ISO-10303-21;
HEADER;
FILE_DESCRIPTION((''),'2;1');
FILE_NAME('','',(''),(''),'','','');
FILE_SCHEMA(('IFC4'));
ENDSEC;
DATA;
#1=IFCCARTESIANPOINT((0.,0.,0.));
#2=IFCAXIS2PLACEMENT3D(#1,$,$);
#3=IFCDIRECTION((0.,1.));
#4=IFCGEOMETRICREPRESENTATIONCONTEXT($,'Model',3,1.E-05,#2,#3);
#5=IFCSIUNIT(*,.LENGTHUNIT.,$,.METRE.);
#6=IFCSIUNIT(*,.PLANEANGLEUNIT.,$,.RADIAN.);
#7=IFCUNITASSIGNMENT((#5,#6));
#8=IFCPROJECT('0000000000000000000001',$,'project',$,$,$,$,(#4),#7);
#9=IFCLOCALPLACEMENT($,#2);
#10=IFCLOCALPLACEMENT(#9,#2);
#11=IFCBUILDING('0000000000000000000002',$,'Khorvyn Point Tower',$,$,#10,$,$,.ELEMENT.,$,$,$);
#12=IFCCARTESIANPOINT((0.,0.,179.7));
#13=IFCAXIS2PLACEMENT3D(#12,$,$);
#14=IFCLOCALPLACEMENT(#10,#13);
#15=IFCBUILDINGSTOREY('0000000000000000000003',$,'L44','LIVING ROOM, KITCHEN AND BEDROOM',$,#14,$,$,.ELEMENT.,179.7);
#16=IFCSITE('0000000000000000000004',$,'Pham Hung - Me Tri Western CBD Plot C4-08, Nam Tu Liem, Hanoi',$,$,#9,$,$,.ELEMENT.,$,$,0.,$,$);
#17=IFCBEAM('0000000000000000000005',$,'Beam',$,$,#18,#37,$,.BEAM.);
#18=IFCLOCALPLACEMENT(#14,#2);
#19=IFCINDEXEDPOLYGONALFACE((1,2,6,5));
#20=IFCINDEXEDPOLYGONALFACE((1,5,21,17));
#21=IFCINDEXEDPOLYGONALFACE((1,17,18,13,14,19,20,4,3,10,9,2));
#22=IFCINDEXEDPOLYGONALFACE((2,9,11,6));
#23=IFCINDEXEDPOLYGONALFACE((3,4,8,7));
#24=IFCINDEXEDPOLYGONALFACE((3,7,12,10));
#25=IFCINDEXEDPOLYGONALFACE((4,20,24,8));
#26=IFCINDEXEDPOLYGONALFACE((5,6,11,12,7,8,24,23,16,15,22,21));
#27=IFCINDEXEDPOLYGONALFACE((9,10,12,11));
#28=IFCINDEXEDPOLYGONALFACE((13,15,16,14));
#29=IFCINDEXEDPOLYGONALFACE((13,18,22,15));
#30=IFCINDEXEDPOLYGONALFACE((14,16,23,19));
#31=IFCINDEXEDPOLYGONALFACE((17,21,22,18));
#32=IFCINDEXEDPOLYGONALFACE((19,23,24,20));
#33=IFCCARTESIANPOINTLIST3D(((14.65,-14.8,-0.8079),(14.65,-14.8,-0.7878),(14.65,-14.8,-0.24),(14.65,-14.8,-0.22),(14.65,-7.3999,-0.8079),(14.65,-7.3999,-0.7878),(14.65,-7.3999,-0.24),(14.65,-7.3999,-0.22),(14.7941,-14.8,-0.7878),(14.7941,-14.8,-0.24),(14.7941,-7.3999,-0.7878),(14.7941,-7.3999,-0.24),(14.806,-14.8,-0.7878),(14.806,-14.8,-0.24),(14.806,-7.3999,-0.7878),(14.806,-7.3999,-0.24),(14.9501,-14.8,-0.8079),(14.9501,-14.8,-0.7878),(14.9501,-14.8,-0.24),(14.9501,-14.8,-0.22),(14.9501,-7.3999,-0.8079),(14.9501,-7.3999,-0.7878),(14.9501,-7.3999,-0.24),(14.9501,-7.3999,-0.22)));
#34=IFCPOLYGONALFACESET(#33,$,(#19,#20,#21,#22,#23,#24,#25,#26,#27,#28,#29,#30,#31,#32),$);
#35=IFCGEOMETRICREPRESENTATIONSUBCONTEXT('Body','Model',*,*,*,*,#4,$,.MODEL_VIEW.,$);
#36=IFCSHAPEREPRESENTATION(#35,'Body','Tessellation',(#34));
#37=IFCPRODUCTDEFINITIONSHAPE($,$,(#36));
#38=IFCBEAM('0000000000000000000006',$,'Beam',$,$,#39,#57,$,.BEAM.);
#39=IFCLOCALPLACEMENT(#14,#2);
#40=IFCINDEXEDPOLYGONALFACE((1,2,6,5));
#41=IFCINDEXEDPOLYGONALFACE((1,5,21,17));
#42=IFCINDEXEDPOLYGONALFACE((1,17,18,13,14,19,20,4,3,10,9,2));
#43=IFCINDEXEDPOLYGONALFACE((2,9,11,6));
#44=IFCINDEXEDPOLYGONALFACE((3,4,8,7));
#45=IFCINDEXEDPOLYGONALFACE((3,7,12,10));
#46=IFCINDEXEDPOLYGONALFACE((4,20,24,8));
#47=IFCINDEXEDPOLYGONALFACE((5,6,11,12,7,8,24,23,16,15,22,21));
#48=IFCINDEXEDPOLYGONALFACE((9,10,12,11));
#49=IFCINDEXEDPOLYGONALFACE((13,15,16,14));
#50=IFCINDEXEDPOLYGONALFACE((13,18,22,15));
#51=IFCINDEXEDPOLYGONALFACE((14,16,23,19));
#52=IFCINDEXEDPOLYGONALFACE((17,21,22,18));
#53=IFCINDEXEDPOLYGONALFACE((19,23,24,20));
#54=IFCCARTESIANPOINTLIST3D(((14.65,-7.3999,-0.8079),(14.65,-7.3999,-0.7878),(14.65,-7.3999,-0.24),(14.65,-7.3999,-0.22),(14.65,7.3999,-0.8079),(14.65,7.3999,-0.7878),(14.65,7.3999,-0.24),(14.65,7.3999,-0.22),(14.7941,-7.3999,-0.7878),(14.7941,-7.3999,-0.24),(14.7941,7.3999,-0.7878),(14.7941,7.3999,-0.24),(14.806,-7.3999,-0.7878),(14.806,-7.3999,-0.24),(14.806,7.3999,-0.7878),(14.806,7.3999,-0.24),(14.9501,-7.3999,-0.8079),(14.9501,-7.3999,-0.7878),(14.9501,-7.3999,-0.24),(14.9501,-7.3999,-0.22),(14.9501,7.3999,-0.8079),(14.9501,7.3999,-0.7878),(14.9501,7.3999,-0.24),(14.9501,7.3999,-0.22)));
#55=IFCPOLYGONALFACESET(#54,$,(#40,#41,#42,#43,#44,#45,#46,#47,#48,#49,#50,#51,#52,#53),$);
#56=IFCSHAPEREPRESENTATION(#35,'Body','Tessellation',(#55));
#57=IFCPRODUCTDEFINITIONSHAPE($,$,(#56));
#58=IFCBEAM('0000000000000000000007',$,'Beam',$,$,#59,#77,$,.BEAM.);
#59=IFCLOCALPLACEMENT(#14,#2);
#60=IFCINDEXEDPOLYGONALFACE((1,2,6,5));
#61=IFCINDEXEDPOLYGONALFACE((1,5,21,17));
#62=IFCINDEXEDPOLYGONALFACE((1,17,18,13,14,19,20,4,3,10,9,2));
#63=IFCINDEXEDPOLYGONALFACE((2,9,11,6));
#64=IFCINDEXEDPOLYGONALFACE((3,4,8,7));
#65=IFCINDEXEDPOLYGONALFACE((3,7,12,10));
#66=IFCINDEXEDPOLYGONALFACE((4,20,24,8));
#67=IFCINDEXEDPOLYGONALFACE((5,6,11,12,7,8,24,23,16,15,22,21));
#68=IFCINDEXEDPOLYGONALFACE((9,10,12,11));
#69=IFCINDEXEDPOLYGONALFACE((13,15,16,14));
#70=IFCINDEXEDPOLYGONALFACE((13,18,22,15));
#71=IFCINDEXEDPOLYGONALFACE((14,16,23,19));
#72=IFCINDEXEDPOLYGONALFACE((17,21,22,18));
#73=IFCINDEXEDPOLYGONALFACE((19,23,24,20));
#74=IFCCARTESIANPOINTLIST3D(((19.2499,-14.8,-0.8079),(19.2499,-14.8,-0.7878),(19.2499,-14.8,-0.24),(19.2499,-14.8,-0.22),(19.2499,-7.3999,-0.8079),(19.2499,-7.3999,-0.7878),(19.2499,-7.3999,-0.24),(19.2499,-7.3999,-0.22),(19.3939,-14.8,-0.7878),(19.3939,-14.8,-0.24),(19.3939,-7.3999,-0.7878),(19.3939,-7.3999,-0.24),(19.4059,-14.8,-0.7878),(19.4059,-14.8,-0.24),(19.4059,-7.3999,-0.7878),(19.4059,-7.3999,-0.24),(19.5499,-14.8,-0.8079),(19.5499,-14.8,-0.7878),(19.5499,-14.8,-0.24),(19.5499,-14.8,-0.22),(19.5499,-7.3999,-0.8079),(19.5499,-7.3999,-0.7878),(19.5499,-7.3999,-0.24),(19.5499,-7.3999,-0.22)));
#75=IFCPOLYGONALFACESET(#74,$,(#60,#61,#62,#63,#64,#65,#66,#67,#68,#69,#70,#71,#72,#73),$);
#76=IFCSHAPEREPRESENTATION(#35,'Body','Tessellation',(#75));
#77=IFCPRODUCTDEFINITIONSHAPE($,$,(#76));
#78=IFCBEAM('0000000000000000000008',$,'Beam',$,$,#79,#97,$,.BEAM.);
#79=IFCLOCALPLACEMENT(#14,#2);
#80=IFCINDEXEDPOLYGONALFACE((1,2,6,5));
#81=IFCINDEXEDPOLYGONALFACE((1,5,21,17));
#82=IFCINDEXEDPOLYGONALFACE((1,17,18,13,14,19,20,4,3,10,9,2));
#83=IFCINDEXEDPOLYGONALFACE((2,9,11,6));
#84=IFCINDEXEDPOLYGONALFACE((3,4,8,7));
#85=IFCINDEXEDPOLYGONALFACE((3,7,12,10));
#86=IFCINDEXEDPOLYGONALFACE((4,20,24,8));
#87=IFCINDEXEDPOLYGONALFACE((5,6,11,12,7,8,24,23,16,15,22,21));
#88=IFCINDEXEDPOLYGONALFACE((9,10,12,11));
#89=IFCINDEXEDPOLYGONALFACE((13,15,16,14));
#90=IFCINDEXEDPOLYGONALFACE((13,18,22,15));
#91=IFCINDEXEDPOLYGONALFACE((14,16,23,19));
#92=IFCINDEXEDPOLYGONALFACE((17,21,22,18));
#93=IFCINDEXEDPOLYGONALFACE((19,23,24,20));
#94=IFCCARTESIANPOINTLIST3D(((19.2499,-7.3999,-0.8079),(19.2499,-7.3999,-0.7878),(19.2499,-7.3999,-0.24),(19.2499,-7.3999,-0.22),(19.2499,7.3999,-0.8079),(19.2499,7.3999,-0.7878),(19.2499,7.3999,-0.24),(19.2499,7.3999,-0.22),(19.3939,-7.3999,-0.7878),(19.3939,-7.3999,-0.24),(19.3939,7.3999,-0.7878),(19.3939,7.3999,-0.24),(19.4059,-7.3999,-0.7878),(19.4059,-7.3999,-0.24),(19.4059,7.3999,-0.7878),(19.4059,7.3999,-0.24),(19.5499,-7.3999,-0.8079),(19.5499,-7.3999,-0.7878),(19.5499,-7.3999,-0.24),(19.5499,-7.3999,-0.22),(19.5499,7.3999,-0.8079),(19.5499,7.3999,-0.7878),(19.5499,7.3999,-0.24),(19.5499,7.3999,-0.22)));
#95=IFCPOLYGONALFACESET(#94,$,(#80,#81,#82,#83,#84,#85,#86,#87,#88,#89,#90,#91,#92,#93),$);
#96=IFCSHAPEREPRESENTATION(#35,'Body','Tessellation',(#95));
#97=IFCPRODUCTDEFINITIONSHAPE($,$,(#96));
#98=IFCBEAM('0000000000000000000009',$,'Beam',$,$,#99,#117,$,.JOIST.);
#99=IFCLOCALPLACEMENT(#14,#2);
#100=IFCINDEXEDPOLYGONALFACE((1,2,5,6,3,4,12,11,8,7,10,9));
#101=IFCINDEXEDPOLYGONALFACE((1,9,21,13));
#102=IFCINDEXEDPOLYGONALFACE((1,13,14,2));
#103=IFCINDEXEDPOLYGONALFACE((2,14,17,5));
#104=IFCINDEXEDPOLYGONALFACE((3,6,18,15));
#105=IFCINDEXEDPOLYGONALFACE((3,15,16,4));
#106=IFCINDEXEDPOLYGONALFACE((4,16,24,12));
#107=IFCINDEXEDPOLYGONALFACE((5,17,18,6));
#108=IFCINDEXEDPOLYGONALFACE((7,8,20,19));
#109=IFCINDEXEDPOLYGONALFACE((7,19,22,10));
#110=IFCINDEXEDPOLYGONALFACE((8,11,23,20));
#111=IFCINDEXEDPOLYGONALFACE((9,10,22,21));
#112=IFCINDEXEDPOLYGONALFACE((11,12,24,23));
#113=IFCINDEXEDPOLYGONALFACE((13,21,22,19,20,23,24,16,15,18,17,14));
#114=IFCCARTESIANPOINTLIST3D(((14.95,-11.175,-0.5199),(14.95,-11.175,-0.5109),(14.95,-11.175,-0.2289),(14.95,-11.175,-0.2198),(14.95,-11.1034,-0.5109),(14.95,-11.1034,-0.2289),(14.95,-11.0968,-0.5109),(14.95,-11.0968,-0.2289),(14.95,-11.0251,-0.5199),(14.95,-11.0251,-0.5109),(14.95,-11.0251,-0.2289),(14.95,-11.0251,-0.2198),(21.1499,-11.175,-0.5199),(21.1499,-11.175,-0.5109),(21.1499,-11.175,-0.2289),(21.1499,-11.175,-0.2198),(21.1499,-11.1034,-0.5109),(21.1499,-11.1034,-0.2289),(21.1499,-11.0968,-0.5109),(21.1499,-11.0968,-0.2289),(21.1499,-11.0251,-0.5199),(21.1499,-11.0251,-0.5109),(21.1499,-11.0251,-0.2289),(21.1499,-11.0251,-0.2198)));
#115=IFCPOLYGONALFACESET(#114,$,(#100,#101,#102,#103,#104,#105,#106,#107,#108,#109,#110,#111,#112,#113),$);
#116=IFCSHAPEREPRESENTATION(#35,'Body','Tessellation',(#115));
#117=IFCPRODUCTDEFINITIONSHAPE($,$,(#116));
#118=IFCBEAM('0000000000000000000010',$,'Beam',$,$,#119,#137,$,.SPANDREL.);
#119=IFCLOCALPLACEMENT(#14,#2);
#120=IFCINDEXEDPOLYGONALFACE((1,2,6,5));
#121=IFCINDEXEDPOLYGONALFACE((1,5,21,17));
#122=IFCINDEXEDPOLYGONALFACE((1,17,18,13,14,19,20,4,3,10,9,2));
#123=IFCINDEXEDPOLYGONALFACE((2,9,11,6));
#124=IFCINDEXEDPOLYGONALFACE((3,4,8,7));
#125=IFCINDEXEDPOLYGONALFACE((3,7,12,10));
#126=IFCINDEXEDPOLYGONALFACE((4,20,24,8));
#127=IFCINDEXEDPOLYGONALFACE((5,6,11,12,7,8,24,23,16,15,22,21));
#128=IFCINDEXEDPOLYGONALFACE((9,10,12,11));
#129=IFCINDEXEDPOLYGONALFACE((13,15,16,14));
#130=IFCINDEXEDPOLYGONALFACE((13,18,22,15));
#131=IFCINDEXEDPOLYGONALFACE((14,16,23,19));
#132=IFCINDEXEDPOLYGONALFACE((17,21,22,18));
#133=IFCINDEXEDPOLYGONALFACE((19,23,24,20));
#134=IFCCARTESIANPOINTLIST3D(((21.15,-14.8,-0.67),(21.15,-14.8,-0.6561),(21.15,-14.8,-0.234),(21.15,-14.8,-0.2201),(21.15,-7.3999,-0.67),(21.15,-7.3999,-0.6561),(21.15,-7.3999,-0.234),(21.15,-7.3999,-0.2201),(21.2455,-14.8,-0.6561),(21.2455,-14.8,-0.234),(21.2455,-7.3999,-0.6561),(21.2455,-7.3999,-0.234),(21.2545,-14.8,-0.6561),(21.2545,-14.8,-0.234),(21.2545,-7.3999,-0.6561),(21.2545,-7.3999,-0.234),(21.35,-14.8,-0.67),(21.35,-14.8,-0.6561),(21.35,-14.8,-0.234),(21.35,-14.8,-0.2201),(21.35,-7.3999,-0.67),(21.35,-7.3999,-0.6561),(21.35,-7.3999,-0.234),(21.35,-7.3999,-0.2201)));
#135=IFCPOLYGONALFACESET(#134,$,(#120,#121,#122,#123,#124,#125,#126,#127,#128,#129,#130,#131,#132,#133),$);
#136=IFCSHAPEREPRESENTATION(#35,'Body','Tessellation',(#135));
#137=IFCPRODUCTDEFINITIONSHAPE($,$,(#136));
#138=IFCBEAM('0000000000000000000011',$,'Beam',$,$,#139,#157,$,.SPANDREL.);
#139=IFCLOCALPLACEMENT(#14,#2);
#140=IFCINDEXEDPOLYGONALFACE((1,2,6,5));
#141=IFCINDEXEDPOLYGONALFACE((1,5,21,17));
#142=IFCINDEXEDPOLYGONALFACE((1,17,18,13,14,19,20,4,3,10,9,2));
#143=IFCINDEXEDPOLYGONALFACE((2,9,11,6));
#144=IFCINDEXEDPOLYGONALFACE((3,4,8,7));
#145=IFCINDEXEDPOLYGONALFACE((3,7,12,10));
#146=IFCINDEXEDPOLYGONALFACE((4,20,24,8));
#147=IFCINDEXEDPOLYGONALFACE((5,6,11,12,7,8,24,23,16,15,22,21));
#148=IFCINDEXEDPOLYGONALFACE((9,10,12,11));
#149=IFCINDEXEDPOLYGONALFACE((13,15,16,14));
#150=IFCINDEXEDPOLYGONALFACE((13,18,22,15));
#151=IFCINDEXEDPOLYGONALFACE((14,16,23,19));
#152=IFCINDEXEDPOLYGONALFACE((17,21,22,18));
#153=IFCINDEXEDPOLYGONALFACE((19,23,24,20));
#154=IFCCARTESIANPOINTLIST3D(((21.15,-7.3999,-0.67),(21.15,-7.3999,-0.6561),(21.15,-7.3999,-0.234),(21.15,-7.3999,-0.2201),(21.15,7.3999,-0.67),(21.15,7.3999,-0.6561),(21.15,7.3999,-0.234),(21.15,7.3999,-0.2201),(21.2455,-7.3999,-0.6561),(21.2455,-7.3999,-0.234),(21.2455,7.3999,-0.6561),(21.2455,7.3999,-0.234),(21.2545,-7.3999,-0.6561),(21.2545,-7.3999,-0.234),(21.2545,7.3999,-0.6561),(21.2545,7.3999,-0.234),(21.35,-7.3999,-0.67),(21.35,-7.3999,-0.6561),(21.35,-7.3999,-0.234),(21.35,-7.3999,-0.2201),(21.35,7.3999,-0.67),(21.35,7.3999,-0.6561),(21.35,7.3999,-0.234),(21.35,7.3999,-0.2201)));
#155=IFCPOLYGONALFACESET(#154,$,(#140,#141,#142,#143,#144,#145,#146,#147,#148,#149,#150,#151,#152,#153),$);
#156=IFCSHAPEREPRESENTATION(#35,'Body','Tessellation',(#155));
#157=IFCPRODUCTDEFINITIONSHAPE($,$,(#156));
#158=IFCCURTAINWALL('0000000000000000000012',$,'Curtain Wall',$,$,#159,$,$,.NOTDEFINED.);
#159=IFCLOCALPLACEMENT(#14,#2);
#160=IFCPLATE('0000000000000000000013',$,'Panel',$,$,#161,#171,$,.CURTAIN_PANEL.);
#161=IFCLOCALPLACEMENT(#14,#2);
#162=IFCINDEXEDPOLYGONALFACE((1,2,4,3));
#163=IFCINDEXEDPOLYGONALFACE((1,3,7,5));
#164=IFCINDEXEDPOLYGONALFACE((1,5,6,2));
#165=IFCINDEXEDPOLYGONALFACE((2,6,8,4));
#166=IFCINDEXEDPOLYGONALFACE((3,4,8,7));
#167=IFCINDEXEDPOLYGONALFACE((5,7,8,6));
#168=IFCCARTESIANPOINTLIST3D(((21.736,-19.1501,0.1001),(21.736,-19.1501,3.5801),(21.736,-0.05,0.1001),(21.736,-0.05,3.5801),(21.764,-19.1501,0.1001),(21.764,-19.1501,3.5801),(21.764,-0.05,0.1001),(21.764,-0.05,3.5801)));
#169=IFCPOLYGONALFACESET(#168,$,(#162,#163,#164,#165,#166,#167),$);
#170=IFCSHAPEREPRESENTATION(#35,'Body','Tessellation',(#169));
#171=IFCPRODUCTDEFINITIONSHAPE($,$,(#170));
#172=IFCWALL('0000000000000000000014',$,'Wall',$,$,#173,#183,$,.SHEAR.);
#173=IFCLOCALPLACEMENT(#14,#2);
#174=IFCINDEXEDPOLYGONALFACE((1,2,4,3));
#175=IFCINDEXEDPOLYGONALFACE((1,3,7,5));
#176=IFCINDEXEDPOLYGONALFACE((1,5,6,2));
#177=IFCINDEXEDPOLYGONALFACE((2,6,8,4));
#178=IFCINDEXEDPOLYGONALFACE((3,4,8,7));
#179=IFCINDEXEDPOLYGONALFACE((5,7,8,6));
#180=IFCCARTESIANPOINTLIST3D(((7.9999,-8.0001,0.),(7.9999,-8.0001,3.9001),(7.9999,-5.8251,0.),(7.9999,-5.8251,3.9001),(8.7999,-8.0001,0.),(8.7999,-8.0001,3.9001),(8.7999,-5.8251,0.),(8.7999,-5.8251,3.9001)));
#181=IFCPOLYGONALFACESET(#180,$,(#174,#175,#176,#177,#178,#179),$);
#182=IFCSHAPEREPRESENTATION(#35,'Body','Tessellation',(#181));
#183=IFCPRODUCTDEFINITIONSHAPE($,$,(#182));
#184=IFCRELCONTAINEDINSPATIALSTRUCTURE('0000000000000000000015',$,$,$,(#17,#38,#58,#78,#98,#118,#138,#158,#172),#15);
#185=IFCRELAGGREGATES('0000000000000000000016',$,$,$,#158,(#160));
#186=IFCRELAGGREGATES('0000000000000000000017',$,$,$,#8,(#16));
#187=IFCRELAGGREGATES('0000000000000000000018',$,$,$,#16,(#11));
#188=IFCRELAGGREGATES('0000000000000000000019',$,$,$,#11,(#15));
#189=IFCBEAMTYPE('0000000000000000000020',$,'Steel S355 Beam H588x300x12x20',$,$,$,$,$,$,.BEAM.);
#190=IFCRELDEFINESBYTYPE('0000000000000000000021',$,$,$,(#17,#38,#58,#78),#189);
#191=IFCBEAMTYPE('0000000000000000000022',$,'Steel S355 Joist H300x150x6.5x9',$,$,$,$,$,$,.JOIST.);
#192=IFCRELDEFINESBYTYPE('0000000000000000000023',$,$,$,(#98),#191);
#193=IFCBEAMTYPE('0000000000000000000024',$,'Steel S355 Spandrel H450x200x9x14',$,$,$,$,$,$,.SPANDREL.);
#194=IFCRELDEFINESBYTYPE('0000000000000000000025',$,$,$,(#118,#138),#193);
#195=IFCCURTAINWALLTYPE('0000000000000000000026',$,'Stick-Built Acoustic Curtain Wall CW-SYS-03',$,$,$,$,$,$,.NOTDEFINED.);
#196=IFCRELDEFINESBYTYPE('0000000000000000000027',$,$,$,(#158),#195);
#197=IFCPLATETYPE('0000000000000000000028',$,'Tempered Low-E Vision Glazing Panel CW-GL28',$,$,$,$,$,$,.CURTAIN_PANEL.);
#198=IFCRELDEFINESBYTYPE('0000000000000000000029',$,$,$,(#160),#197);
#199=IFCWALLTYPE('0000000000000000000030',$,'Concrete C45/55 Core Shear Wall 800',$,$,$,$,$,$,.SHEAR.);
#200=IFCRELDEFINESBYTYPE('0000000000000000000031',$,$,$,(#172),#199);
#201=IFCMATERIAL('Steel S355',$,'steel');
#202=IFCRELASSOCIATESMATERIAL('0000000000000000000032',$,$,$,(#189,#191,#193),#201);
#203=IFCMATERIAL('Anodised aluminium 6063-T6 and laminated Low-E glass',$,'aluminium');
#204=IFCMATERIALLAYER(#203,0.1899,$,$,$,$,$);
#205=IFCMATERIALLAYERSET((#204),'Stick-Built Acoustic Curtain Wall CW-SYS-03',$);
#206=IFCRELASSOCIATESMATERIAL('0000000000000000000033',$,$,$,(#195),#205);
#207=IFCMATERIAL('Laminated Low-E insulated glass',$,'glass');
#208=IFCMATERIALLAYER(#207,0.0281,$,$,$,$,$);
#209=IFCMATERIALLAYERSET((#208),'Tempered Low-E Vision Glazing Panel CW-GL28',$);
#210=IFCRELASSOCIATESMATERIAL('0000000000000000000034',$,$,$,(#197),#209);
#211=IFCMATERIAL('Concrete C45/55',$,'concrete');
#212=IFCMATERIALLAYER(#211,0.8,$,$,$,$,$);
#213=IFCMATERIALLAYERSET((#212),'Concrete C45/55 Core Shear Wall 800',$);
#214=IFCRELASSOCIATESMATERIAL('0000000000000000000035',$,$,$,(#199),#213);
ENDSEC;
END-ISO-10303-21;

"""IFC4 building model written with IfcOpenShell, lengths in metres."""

from ifc_helpers import new_model, si_unit, direction, frame, frame_2d, origin, origin_2d, place, context, subcontext, project, spatial, rectangle, i_section, extrude, material, layer, layer_set, material_profile, profile_set, type_object, element, aggregate, save


model = new_model("IFC4")

# Units and contexts
model_context = context("Model", 3, precision=1e-05, world=origin(), true_north=direction((0.0, 1.0)))
body_context = subcontext(model_context, "Body", "Model", "MODEL_VIEW")
ifc_project = project(units=[si_unit("LENGTHUNIT", "METRE"), si_unit("PLANEANGLEUNIT", "RADIAN")], contexts=[model_context])

# Site, building, storey
site_placement = place(None, origin())
site = spatial("IfcSite", under=ifc_project, at=site_placement, Name="Pham Hung - Me Tri Western CBD Plot C4-08, Nam Tu Liem, Hanoi", CompositionType="ELEMENT", RefElevation=0.0)
building_placement = place(site_placement, origin())
building = spatial("IfcBuilding", under=site, at=building_placement, Name="Khorvyn Point Tower", CompositionType="ELEMENT")
storey_placement = place(building_placement, frame((0.0, 0.0, 179.7)))
storey = spatial("IfcBuildingStorey", under=building, at=storey_placement, Name="L44", Description="LIVING ROOM, KITCHEN AND BEDROOM", CompositionType="ELEMENT", Elevation=179.7)

# Shared definitions
ifc_material_1 = material(Name="Concrete C45/55", Category="concrete")

# Beams
ifc_material_2 = material(Name="Steel S355", Category="steel")
ifc_material_profile_1 = material_profile(ifc_material_2, i_section(OverallWidth=0.3, OverallDepth=0.5879, WebThickness=0.012, FlangeThickness=0.02, at=origin_2d()))
ifc_profile_set_1 = profile_set([ifc_material_profile_1], Name="Steel S355 H588x300x12x20")
beam_type_1 = type_object("IfcBeamType", Name="Steel S355 Beam H588x300x12x20", PredefinedType="BEAM", material=ifc_profile_set_1)
beam_1_placement = place(storey_placement, frame((14.8, -14.8, -0.5139), z_axis=(0.0, 1.0, 0.0), x_axis=(-1.0, 0.0, 0.0)))
element("IfcBeam", 1, at=beam_1_placement, inside=storey, type_object=beam_type_1, Name="Beam", PredefinedType="BEAM", context=body_context, shape_type="SweptSolid", body=[
    extrude(i_section(OverallWidth=0.3, OverallDepth=0.5879, WebThickness=0.012, FlangeThickness=0.02, at=origin_2d()), origin(), (0.0, 0.0, 1.0), 7.4001),
])
beam_2_placement = place(storey_placement, frame((14.8, -7.3999, -0.5139), z_axis=(0.0, 1.0, 0.0), x_axis=(-1.0, 0.0, 0.0)))
element("IfcBeam", 2, at=beam_2_placement, inside=storey, type_object=beam_type_1, Name="Beam", PredefinedType="BEAM", context=body_context, shape_type="SweptSolid", body=[
    extrude(i_section(OverallWidth=0.3, OverallDepth=0.5879, WebThickness=0.012, FlangeThickness=0.02, at=origin_2d()), origin(), (0.0, 0.0, 1.0), 14.7998),
])
beam_3_placement = place(storey_placement, frame((19.3999, -14.8, -0.5139), z_axis=(0.0, 1.0, 0.0), x_axis=(-1.0, 0.0, 0.0)))
element("IfcBeam", 3, at=beam_3_placement, inside=storey, type_object=beam_type_1, Name="Beam", PredefinedType="BEAM", context=body_context, shape_type="SweptSolid", body=[
    extrude(i_section(OverallWidth=0.3, OverallDepth=0.5879, WebThickness=0.012, FlangeThickness=0.02, at=origin_2d()), origin(), (0.0, 0.0, 1.0), 7.4001),
])
beam_4_placement = place(storey_placement, frame((19.3999, -7.3999, -0.5139), z_axis=(0.0, 1.0, 0.0), x_axis=(-1.0, 0.0, 0.0)))
element("IfcBeam", 4, at=beam_4_placement, inside=storey, type_object=beam_type_1, Name="Beam", PredefinedType="BEAM", context=body_context, shape_type="SweptSolid", body=[
    extrude(i_section(OverallWidth=0.3, OverallDepth=0.5879, WebThickness=0.012, FlangeThickness=0.02, at=origin_2d()), origin(), (0.0, 0.0, 1.0), 14.7998),
])
ifc_material_profile_2 = material_profile(ifc_material_2, i_section(OverallWidth=0.1499, OverallDepth=0.3, WebThickness=0.0066, FlangeThickness=0.009, at=origin_2d()))
ifc_profile_set_2 = profile_set([ifc_material_profile_2], Name="Steel S355 H300x150x6.5x9")
beam_type_2 = type_object("IfcBeamType", Name="Steel S355 Joist H300x150x6.5x9", PredefinedType="JOIST", material=ifc_profile_set_2)
beam_5_placement = place(storey_placement, frame((14.95, -11.1001, -0.3699), z_axis=(1.0, 0.0, 0.0), x_axis=(0.0, 1.0, 0.0)))
element("IfcBeam", 5, at=beam_5_placement, inside=storey, type_object=beam_type_2, Name="Beam", PredefinedType="JOIST", context=body_context, shape_type="SweptSolid", body=[
    extrude(i_section(OverallWidth=0.1499, OverallDepth=0.3, WebThickness=0.0066, FlangeThickness=0.009, at=origin_2d()), origin(), (0.0, 0.0, 1.0), 6.2),
])
ifc_material_profile_3 = material_profile(ifc_material_2, i_section(OverallWidth=0.2, OverallDepth=0.45, WebThickness=0.009, FlangeThickness=0.0139, at=origin_2d()))
ifc_profile_set_3 = profile_set([ifc_material_profile_3], Name="Steel S355 H450x200x9x14")
beam_type_3 = type_object("IfcBeamType", Name="Steel S355 Spandrel H450x200x9x14", PredefinedType="SPANDREL", material=ifc_profile_set_3)
beam_6_placement = place(storey_placement, frame((21.25, -14.8, -0.4451), z_axis=(0.0, 1.0, 0.0), x_axis=(-1.0, 0.0, 0.0)))
element("IfcBeam", 6, at=beam_6_placement, inside=storey, type_object=beam_type_3, Name="Beam", PredefinedType="SPANDREL", context=body_context, shape_type="SweptSolid", body=[
    extrude(i_section(OverallWidth=0.2, OverallDepth=0.45, WebThickness=0.009, FlangeThickness=0.0139, at=origin_2d()), origin(), (0.0, 0.0, 1.0), 7.4001),
])
beam_7_placement = place(storey_placement, frame((21.25, -7.3999, -0.4451), z_axis=(0.0, 1.0, 0.0), x_axis=(-1.0, 0.0, 0.0)))
element("IfcBeam", 7, at=beam_7_placement, inside=storey, type_object=beam_type_3, Name="Beam", PredefinedType="SPANDREL", context=body_context, shape_type="SweptSolid", body=[
    extrude(i_section(OverallWidth=0.2, OverallDepth=0.45, WebThickness=0.009, FlangeThickness=0.0139, at=origin_2d()), origin(), (0.0, 0.0, 1.0), 14.7998),
])

# Curtain wall, plate
ifc_material_3 = material(Name="Anodised aluminium 6063-T6 and laminated Low-E glass", Category="aluminium")
ifc_layer_1 = layer(ifc_material_3, 0.1899)
ifc_layer_set_1 = layer_set([ifc_layer_1], Name="Stick-Built Acoustic Curtain Wall CW-SYS-03")
curtain_wall_type = type_object("IfcCurtainWallType", Name="Stick-Built Acoustic Curtain Wall CW-SYS-03", PredefinedType="NOTDEFINED", material=ifc_layer_set_1)
curtain_wall_placement = place(storey_placement, origin())
curtain_wall = element("IfcCurtainWall", 8, at=curtain_wall_placement, inside=storey, type_object=curtain_wall_type, Name="Curtain Wall", PredefinedType="NOTDEFINED")
ifc_material_4 = material(Name="Laminated Low-E insulated glass", Category="glass")
ifc_layer_2 = layer(ifc_material_4, 0.0281)
ifc_layer_set_2 = layer_set([ifc_layer_2], Name="Tempered Low-E Vision Glazing Panel CW-GL28")
plate_type = type_object("IfcPlateType", Name="Tempered Low-E Vision Glazing Panel CW-GL28", PredefinedType="CURTAIN_PANEL", material=ifc_layer_set_2)
plate_placement = place(storey_placement, frame((21.75, -9.6001, 0.1001), z_axis=(0.0, 0.0, 1.0), x_axis=(0.0, -1.0, 0.0)))
plate = element("IfcPlate", 9, at=plate_placement, type_object=plate_type, Name="Panel", PredefinedType="CURTAIN_PANEL", context=body_context, shape_type="SweptSolid", body=[
    extrude(rectangle(XDim=19.1001, YDim=0.0281, at=origin_2d()), origin(), (0.0, 0.0, 1.0), 3.48),
])
aggregate(curtain_wall, [plate])

# Wall
ifc_layer_3 = layer(ifc_material_1, 0.8)
ifc_layer_set_3 = layer_set([ifc_layer_3], Name="Concrete C45/55 Core Shear Wall 800")
wall_type_1 = type_object("IfcWallType", Name="Concrete C45/55 Core Shear Wall 800", PredefinedType="SHEAR", material=ifc_layer_set_3)
wall_1_placement = place(storey_placement, frame((8.3999, -8.0, 0.0), z_axis=(0.0, 0.0, 1.0), x_axis=(0.0, 1.0, 0.0)))
element("IfcWall", 10, at=wall_1_placement, inside=storey, type_object=wall_type_1, Name="Wall", PredefinedType="SHEAR", context=body_context, shape_type="SweptSolid", body=[
    extrude(rectangle(XDim=2.175, YDim=0.8, at=frame_2d((1.0874, 0.0))), origin(), (0.0, 0.0, 1.0), 3.9001),
])

save(model, "model.ifc")
